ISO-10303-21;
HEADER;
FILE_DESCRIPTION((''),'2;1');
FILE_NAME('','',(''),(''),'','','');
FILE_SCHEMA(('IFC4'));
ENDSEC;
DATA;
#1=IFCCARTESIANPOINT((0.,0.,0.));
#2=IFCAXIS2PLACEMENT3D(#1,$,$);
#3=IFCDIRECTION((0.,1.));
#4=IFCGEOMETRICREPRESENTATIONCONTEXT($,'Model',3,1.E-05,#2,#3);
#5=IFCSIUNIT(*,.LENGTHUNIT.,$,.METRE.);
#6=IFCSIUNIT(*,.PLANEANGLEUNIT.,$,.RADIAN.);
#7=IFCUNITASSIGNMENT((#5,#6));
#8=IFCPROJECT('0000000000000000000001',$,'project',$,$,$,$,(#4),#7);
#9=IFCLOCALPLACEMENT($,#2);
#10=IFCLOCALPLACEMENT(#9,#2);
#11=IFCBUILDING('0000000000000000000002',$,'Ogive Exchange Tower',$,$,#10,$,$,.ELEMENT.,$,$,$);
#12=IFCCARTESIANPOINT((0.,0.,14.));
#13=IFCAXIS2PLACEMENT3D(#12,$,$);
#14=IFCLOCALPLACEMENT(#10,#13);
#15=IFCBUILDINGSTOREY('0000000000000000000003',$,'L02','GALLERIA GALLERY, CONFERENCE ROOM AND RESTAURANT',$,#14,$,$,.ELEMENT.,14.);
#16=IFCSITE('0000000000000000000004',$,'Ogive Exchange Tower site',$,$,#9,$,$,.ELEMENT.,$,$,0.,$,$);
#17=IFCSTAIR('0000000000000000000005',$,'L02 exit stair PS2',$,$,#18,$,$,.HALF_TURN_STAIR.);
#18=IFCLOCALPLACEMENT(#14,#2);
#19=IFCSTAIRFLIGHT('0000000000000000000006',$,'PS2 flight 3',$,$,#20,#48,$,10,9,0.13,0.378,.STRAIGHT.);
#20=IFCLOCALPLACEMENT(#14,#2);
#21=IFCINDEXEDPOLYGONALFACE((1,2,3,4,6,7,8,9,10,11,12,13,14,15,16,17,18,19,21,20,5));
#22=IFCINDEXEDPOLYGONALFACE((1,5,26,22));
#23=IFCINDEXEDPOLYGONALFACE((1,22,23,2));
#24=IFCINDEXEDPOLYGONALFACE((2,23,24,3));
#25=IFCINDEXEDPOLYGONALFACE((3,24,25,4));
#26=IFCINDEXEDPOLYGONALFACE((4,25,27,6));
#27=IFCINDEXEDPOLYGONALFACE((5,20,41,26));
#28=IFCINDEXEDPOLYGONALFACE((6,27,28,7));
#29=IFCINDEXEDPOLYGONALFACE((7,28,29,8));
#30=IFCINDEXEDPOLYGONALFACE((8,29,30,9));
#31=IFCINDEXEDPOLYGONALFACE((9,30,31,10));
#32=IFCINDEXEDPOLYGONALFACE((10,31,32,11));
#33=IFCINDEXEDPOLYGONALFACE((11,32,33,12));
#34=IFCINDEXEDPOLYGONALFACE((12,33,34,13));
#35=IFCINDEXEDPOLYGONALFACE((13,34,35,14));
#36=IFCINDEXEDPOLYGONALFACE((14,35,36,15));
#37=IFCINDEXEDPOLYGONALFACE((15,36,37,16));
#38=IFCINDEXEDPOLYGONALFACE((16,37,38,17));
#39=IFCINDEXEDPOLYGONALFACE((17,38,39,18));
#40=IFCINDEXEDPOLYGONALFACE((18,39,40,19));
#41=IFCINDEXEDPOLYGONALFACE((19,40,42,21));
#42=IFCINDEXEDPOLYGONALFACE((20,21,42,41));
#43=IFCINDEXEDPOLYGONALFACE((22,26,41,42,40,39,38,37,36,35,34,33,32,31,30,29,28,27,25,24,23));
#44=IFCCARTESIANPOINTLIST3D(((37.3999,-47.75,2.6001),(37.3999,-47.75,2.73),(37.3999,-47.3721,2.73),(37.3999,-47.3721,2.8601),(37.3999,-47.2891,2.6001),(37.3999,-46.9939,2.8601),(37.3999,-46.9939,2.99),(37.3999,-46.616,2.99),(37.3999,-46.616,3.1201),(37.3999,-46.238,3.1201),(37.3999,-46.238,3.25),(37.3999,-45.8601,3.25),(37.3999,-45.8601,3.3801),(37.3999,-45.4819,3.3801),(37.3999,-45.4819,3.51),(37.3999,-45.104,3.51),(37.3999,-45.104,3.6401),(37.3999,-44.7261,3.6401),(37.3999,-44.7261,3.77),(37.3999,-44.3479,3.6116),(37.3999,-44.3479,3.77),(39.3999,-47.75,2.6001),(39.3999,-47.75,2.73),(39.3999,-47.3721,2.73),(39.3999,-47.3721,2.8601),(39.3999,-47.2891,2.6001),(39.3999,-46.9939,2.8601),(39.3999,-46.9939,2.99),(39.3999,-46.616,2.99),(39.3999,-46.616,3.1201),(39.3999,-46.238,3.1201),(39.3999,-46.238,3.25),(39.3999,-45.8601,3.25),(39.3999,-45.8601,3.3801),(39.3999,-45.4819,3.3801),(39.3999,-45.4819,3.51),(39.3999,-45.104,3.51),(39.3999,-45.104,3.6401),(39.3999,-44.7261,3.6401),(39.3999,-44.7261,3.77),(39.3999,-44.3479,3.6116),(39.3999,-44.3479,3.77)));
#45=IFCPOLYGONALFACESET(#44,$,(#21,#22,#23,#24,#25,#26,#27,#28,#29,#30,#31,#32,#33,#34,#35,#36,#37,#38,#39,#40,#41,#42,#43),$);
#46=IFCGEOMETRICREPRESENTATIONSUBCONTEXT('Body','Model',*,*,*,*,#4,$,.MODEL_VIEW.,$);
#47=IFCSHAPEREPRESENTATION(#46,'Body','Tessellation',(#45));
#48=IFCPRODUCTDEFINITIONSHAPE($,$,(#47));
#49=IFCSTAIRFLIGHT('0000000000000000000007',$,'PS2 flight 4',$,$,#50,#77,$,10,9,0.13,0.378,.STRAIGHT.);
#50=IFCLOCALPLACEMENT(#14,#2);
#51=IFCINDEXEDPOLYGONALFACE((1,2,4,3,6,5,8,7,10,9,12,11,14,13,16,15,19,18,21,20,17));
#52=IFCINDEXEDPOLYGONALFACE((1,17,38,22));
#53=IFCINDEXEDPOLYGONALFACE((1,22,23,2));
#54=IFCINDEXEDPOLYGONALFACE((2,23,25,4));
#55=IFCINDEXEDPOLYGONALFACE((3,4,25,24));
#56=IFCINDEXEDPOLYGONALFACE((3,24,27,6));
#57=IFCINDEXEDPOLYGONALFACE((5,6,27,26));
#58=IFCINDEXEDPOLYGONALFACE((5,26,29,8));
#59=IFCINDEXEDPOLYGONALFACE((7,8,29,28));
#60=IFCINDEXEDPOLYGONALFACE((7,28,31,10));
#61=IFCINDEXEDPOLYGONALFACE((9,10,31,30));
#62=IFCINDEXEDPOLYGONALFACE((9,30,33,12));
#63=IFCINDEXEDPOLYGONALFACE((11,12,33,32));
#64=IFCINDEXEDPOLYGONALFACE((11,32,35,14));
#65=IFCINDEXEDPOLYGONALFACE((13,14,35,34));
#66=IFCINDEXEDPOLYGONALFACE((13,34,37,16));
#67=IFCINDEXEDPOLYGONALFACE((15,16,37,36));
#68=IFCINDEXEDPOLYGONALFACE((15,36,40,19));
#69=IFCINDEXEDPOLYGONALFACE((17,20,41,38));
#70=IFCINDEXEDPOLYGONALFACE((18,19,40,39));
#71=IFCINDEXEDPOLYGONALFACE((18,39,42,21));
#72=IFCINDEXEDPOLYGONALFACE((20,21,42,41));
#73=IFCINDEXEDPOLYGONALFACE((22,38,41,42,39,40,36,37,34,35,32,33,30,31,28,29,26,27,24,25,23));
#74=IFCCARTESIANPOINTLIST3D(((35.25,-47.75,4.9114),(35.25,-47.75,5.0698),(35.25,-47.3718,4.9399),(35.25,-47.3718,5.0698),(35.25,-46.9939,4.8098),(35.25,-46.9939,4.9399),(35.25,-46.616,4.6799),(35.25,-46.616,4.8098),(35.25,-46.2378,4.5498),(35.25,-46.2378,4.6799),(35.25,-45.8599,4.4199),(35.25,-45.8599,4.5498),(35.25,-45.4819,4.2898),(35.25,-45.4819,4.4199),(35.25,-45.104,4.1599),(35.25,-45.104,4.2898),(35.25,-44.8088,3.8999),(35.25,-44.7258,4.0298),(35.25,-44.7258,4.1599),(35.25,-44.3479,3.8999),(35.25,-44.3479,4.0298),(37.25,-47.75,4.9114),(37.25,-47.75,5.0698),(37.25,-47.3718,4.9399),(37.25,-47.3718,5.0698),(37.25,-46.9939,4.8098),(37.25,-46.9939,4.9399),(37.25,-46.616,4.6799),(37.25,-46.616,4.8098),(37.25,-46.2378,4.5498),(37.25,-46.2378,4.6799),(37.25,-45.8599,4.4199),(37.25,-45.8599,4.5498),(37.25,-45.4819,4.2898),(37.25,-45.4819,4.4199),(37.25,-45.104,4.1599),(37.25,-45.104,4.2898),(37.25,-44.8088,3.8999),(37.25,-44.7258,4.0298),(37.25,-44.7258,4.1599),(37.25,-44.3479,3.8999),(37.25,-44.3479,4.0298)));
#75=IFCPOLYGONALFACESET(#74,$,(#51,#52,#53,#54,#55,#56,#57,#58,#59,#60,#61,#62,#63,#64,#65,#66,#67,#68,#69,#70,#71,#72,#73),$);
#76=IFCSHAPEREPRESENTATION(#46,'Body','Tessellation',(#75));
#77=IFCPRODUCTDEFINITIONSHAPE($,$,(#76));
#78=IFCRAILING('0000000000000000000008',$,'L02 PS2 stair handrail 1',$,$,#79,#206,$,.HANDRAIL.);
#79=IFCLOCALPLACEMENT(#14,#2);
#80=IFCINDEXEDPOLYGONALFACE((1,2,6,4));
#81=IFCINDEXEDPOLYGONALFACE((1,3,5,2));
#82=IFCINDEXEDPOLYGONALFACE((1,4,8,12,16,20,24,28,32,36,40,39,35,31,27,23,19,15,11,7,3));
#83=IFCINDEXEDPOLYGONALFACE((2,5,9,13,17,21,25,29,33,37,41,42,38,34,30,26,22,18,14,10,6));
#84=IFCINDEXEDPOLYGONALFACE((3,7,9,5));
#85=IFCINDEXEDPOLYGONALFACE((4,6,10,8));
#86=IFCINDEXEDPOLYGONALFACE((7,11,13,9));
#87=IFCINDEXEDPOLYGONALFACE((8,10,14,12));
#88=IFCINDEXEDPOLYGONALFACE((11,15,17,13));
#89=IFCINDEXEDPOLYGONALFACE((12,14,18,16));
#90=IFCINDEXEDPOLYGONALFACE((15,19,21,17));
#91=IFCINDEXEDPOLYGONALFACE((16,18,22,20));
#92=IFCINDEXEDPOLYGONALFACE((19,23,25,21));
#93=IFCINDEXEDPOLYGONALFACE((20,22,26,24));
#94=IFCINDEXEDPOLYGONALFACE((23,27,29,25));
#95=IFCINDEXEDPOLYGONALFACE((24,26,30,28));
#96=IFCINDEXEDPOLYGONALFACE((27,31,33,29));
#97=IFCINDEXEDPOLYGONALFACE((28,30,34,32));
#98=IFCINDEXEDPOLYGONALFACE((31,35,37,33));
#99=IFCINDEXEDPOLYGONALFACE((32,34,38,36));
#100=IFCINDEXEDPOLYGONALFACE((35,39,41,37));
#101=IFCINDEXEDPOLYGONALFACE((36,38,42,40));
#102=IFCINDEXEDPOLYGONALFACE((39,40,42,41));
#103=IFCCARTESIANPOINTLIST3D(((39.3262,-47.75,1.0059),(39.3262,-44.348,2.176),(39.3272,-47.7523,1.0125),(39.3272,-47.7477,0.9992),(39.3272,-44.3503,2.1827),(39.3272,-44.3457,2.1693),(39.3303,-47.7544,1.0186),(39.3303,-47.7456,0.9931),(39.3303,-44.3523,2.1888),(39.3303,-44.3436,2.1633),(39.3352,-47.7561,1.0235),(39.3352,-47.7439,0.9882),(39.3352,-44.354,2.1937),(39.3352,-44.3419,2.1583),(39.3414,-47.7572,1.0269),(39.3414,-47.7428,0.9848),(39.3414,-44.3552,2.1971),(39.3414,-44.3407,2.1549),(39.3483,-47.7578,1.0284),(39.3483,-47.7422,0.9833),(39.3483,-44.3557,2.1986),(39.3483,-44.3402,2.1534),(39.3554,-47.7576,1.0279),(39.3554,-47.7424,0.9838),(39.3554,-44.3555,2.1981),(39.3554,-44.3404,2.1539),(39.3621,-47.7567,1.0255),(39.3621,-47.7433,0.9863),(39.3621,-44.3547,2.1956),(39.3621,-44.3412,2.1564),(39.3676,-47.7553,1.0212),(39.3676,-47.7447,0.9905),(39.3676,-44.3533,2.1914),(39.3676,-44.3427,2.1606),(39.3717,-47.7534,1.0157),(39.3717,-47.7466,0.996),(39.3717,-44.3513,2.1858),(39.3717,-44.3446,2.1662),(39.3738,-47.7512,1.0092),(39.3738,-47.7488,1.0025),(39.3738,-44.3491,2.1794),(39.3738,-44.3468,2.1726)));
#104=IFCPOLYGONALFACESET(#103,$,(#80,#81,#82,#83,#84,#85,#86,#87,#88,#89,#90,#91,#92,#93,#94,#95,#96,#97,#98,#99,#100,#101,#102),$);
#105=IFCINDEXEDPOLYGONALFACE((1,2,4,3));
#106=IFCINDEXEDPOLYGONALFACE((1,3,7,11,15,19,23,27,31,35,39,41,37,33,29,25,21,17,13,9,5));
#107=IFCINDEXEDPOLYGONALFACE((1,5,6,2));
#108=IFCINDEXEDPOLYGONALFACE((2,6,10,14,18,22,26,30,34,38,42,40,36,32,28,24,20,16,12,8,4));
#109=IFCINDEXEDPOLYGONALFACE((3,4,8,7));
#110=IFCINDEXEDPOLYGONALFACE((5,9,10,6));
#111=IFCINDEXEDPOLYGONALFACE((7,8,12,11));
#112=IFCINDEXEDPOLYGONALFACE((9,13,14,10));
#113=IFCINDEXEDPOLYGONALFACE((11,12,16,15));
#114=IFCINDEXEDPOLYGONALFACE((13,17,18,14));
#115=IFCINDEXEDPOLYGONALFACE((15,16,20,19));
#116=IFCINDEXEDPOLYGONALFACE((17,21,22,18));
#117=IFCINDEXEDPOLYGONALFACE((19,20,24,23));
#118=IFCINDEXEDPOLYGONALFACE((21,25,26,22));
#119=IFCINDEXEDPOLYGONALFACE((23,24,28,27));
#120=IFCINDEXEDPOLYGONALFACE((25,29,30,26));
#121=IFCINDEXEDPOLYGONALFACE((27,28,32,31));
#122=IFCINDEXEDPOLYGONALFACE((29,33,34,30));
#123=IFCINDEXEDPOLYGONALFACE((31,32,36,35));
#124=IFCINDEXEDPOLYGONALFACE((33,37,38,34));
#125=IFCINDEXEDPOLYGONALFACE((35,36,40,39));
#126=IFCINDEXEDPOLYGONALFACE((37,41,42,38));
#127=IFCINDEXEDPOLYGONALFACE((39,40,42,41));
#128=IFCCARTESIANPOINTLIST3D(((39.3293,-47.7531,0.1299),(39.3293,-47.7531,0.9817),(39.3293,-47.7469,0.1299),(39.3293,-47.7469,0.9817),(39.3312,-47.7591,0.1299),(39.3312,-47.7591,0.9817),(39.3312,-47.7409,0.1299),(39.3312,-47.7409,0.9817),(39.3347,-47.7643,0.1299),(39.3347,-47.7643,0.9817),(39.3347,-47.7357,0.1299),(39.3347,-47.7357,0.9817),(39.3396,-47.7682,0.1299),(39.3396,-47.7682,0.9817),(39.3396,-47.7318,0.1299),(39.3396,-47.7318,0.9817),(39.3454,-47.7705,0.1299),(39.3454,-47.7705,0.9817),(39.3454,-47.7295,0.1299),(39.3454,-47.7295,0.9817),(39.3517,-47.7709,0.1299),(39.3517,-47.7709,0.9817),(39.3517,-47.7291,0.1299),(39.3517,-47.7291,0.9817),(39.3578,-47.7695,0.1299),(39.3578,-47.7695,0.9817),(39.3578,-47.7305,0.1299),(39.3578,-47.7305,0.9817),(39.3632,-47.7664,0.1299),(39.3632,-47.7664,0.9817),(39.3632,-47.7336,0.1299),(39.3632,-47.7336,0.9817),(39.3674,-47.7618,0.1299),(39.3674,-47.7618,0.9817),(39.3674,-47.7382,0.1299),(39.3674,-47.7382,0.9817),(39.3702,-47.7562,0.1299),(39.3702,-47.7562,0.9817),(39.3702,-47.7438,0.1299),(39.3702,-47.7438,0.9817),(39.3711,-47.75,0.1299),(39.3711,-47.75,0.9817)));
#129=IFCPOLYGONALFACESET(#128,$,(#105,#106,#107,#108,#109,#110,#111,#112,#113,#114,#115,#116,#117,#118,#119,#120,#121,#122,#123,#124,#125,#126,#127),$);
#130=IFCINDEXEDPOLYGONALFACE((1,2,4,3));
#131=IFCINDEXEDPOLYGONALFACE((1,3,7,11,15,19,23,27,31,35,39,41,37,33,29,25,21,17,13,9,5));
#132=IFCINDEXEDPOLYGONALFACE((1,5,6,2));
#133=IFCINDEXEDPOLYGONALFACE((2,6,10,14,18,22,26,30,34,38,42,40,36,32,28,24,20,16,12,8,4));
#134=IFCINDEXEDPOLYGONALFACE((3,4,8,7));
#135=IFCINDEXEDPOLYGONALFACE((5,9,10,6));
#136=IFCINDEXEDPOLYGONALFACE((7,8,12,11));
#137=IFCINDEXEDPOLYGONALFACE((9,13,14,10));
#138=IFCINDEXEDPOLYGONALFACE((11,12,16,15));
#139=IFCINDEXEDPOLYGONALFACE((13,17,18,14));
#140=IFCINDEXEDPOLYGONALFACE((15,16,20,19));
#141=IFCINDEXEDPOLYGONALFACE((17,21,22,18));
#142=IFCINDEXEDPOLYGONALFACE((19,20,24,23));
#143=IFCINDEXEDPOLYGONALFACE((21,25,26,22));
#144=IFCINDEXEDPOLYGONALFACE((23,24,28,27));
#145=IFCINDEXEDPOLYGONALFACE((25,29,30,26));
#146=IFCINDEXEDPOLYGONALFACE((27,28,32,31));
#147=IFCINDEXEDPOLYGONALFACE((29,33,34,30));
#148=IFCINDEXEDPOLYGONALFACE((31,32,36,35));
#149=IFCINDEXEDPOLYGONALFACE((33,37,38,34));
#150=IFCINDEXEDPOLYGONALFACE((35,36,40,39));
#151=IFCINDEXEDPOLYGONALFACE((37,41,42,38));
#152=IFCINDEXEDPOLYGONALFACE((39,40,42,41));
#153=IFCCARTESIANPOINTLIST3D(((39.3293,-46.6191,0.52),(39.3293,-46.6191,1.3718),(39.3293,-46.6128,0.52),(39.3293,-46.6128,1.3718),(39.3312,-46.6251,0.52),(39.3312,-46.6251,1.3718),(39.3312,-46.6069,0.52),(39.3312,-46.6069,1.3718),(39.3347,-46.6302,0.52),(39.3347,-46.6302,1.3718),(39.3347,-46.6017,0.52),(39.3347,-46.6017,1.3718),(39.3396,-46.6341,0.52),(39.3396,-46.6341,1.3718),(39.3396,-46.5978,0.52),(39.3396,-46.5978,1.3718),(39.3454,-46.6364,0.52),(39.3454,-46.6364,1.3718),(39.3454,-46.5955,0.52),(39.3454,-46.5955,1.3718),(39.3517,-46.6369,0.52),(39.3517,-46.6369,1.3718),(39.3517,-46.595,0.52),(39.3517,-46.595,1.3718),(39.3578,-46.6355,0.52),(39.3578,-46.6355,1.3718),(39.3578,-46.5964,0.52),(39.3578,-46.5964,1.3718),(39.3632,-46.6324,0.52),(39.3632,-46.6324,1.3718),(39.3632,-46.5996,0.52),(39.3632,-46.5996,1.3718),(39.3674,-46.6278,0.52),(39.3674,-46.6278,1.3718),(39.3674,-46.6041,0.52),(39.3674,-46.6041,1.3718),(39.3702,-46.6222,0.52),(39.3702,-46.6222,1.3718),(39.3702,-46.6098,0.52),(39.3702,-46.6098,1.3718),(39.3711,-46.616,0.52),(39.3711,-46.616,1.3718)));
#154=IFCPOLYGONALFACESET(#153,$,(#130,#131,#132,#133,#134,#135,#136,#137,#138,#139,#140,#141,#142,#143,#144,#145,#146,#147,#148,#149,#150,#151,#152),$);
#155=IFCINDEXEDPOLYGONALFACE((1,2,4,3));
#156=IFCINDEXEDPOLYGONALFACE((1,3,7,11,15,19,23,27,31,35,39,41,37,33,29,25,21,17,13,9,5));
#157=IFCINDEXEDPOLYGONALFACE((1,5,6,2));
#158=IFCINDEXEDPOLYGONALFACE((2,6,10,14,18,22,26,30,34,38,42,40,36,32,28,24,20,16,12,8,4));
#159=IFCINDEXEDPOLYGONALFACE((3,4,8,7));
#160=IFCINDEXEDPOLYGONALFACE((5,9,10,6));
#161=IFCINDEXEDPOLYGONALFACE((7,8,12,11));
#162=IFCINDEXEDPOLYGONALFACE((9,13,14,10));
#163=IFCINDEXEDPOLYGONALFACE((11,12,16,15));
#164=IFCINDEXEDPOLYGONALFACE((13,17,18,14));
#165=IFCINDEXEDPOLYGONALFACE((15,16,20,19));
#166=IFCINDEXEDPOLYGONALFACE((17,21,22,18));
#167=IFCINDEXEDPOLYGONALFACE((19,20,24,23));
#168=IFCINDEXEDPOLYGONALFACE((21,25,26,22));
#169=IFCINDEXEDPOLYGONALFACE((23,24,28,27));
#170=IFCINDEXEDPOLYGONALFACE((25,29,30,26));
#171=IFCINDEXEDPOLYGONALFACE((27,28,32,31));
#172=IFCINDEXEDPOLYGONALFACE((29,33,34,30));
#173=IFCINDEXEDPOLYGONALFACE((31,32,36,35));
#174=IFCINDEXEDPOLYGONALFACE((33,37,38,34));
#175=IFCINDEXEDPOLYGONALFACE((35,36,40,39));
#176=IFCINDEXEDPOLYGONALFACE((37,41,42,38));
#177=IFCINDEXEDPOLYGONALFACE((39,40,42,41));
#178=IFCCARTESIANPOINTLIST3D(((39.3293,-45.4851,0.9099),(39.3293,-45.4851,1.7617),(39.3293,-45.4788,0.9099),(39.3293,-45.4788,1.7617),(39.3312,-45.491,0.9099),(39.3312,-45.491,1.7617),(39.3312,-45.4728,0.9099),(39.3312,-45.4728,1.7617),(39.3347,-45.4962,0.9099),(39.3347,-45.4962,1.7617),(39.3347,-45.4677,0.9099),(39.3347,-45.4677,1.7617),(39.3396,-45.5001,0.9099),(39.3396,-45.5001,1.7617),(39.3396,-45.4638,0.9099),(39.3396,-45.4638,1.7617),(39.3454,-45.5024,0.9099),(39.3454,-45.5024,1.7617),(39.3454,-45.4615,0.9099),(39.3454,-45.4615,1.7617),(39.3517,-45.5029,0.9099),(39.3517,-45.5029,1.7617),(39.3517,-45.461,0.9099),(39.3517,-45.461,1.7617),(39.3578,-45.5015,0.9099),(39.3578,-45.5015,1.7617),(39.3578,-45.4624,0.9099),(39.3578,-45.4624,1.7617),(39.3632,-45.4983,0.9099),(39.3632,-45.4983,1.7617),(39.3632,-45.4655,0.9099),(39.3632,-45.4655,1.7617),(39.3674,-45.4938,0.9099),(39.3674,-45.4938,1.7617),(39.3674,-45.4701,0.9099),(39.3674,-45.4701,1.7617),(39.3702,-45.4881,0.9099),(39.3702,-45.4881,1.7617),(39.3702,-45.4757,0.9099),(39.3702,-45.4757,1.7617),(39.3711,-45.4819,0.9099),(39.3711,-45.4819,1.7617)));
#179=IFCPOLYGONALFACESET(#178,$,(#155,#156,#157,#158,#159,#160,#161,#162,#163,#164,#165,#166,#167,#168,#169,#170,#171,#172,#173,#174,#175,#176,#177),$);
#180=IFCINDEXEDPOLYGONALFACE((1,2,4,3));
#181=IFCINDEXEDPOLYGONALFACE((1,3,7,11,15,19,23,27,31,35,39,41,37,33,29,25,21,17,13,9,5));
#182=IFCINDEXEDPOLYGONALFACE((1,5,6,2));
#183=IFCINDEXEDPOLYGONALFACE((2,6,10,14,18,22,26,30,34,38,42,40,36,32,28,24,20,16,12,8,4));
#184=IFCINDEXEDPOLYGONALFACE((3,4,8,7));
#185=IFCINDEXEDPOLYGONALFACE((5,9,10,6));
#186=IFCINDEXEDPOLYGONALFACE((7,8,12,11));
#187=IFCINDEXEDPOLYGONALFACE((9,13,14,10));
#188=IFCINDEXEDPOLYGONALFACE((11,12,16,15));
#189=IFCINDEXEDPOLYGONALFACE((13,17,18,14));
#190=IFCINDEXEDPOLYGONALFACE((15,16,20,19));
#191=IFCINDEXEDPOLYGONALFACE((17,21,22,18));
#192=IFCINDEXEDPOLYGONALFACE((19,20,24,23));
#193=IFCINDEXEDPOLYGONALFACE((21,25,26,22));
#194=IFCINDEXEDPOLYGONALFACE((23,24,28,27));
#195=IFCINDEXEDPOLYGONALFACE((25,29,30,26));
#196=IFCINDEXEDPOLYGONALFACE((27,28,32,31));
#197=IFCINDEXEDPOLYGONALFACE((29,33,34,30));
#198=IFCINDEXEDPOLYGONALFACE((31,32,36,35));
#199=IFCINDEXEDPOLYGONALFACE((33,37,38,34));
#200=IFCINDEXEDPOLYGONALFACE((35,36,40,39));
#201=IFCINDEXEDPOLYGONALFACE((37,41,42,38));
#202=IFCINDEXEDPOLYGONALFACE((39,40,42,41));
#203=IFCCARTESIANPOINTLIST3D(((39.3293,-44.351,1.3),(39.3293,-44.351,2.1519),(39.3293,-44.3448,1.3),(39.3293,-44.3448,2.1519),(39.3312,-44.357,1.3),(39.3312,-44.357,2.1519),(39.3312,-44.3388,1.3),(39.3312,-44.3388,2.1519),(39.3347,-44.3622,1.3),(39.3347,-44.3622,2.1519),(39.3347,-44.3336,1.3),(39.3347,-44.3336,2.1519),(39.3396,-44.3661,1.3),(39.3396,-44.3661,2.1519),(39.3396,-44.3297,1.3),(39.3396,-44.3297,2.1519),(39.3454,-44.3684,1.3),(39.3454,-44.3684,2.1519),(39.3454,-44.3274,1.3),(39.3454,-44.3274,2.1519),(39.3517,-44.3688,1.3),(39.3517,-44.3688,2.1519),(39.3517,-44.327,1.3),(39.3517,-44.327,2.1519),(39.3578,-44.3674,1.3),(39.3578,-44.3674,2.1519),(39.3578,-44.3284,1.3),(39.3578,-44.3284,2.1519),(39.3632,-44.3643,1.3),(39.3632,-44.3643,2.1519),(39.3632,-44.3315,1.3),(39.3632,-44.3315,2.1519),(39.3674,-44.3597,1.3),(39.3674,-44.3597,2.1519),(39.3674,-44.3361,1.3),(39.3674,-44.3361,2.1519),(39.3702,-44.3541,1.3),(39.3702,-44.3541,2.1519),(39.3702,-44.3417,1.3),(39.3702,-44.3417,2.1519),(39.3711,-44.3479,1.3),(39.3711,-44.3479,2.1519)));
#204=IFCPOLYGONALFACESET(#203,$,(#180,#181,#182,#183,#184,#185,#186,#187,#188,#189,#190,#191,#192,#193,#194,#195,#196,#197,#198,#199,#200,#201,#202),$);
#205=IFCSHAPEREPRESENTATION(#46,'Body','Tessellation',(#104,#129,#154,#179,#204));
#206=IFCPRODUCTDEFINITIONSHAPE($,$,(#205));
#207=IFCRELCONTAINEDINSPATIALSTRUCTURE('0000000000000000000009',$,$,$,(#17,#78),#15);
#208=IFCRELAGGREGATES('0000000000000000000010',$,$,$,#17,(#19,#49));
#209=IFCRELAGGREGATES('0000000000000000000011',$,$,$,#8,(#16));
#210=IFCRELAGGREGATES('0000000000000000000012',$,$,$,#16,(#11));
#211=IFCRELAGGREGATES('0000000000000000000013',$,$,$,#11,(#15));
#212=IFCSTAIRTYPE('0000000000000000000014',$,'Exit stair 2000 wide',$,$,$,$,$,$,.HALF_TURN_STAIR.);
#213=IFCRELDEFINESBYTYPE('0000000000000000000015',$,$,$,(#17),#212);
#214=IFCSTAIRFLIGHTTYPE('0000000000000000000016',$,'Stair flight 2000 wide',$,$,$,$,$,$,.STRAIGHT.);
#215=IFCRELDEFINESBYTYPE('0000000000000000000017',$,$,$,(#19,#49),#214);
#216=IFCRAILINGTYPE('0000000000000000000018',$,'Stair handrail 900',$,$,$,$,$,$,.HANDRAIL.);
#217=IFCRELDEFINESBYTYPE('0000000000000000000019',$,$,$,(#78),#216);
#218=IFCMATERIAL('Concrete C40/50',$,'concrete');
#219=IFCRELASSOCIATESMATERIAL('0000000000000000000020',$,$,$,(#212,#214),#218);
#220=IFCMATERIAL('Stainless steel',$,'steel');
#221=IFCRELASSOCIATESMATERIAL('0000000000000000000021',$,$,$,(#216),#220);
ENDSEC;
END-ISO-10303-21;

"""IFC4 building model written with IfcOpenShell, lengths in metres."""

from ifc_helpers import new_model, si_unit, direction, frame, origin, origin_2d, place, context, subcontext, project, spatial, polyline, circle, outline, extrude, material, type_object, element, aggregate, save


model = new_model("IFC4")

# Units and contexts
model_context = context("Model", 3, precision=1e-05, world=origin(), true_north=direction((0.0, 1.0)))
body_context = subcontext(model_context, "Body", "Model", "MODEL_VIEW")
ifc_project = project(units=[si_unit("LENGTHUNIT", "METRE"), si_unit("PLANEANGLEUNIT", "RADIAN")], contexts=[model_context])

# Site, building, storey
site_placement = place(None, origin())
site = spatial("IfcSite", under=ifc_project, at=site_placement, Name="Ogive Exchange Tower site", CompositionType="ELEMENT", RefElevation=0.0)
building_placement = place(site_placement, origin())
building = spatial("IfcBuilding", under=site, at=building_placement, Name="Ogive Exchange Tower", CompositionType="ELEMENT")
storey_placement = place(building_placement, frame((0.0, 0.0, 14.0)))
storey = spatial("IfcBuildingStorey", under=building, at=storey_placement, Name="L02", Description="GALLERIA GALLERY, CONFERENCE ROOM AND RESTAURANT", CompositionType="ELEMENT", Elevation=14.0)

# Stair, stair flights
ifc_material_1 = material(Name="Concrete C40/50", Category="concrete")
stair_type = type_object("IfcStairType", Name="Exit stair 2000 wide", PredefinedType="HALF_TURN_STAIR", material=ifc_material_1)
stair_placement = place(storey_placement, origin())
stair = element("IfcStair", 1, at=stair_placement, inside=storey, type_object=stair_type, Name="L02 exit stair PS2", PredefinedType="HALF_TURN_STAIR")
stair_flight_type = type_object("IfcStairFlightType", Name="Stair flight 2000 wide", PredefinedType="STRAIGHT", material=ifc_material_1)
stair_flight_1_placement = place(storey_placement, frame((38.3999, -47.75, 2.6001), z_axis=(0.0, 0.0, 1.0), x_axis=(0.0, 1.0, 0.0)))
stair_flight_1 = element("IfcStairFlight", 2, at=stair_flight_1_placement, type_object=stair_flight_type, Name="PS2 flight 3", NumberOfRisers=10, NumberOfTreads=9, PredefinedType="STRAIGHT", RiserHeight=0.13, TreadLength=0.378, context=body_context, shape_type="SweptSolid", body=[
    extrude(outline(polyline([(0.0, 0.0), (0.0, 0.1299), (0.3779, 0.1299), (0.3779, 0.26), (0.7561, 0.26), (0.7561, 0.3899), (1.134, 0.3899), (1.134, 0.52), (1.512, 0.52), (1.512, 0.6499), (1.8899, 0.6499), (1.8899, 0.78), (2.2681, 0.78), (2.2681, 0.9099), (2.646, 0.9099), (2.646, 1.04), (3.0239, 1.04), (3.0239, 1.1699), (3.4021, 1.1699), (3.4021, 1.3), (3.4021, 1.0115), (0.4609, 0.0), (0.0, 0.0)])), frame((0.0, 1.0, 0.0), z_axis=(0.0, -1.0, 0.0), x_axis=(1.0, 0.0, 0.0)), (0.0, 0.0, 1.0), 2.0),
])
stair_flight_2_placement = place(storey_placement, frame((36.25, -44.3479, 3.8999), z_axis=(0.0, 0.0, 1.0), x_axis=(0.0, -1.0, 0.0)))
stair_flight_2 = element("IfcStairFlight", 3, at=stair_flight_2_placement, type_object=stair_flight_type, Name="PS2 flight 4", NumberOfRisers=10, NumberOfTreads=9, PredefinedType="STRAIGHT", RiserHeight=0.13, TreadLength=0.378, context=body_context, shape_type="SweptSolid", body=[
    extrude(outline(polyline([(0.0, 0.0), (0.0, 0.1299), (0.3779, 0.1299), (0.3779, 0.26), (0.7561, 0.26), (0.7561, 0.3899), (1.134, 0.3899), (1.134, 0.52), (1.512, 0.52), (1.512, 0.6499), (1.8899, 0.6499), (1.8899, 0.78), (2.2681, 0.78), (2.2681, 0.9099), (2.646, 0.9099), (2.646, 1.04), (3.0239, 1.04), (3.0239, 1.1699), (3.4021, 1.1699), (3.4021, 1.3), (3.4021, 1.0115), (0.4609, 0.0), (0.0, 0.0)])), frame((0.0, 1.0, 0.0), z_axis=(0.0, -1.0, 0.0), x_axis=(1.0, 0.0, 0.0)), (0.0, 0.0, 1.0), 2.0),
])
aggregate(stair, [stair_flight_1, stair_flight_2])

# Railing
ifc_material_2 = material(Name="Stainless steel", Category="steel")
railing_type = type_object("IfcRailingType", Name="Stair handrail 900", PredefinedType="HANDRAIL", material=ifc_material_2)
railing_1_placement = place(storey_placement, frame((39.3501, -47.75, 0.1299)))
element("IfcRailing", 4, at=railing_1_placement, inside=storey, type_object=railing_type, Name="L02 PS2 stair handrail 1", PredefinedType="HANDRAIL", context=body_context, shape_type="SweptSolid", body=[
    extrude(circle(Radius=0.0239, at=origin_2d()), frame((0.0, 0.0, 0.876), z_axis=(0.0, 0.945627, 0.325252), x_axis=(-1.0, 0.0, 0.0)), (0.0, 0.0, 1.0), 3.5977),
    extrude(circle(Radius=0.021, at=origin_2d()), origin(), (0.0, 0.0, 1.0), 0.8518),
    extrude(circle(Radius=0.021, at=origin_2d()), frame((0.0, 1.134, 0.3901)), (0.0, 0.0, 1.0), 0.8518),
    extrude(circle(Radius=0.021, at=origin_2d()), frame((0.0, 2.2681, 0.78)), (0.0, 0.0, 1.0), 0.8518),
    extrude(circle(Radius=0.021, at=origin_2d()), frame((0.0, 3.4021, 1.1702)), (0.0, 0.0, 1.0), 0.8518),
])

save(model, "model.ifc")
